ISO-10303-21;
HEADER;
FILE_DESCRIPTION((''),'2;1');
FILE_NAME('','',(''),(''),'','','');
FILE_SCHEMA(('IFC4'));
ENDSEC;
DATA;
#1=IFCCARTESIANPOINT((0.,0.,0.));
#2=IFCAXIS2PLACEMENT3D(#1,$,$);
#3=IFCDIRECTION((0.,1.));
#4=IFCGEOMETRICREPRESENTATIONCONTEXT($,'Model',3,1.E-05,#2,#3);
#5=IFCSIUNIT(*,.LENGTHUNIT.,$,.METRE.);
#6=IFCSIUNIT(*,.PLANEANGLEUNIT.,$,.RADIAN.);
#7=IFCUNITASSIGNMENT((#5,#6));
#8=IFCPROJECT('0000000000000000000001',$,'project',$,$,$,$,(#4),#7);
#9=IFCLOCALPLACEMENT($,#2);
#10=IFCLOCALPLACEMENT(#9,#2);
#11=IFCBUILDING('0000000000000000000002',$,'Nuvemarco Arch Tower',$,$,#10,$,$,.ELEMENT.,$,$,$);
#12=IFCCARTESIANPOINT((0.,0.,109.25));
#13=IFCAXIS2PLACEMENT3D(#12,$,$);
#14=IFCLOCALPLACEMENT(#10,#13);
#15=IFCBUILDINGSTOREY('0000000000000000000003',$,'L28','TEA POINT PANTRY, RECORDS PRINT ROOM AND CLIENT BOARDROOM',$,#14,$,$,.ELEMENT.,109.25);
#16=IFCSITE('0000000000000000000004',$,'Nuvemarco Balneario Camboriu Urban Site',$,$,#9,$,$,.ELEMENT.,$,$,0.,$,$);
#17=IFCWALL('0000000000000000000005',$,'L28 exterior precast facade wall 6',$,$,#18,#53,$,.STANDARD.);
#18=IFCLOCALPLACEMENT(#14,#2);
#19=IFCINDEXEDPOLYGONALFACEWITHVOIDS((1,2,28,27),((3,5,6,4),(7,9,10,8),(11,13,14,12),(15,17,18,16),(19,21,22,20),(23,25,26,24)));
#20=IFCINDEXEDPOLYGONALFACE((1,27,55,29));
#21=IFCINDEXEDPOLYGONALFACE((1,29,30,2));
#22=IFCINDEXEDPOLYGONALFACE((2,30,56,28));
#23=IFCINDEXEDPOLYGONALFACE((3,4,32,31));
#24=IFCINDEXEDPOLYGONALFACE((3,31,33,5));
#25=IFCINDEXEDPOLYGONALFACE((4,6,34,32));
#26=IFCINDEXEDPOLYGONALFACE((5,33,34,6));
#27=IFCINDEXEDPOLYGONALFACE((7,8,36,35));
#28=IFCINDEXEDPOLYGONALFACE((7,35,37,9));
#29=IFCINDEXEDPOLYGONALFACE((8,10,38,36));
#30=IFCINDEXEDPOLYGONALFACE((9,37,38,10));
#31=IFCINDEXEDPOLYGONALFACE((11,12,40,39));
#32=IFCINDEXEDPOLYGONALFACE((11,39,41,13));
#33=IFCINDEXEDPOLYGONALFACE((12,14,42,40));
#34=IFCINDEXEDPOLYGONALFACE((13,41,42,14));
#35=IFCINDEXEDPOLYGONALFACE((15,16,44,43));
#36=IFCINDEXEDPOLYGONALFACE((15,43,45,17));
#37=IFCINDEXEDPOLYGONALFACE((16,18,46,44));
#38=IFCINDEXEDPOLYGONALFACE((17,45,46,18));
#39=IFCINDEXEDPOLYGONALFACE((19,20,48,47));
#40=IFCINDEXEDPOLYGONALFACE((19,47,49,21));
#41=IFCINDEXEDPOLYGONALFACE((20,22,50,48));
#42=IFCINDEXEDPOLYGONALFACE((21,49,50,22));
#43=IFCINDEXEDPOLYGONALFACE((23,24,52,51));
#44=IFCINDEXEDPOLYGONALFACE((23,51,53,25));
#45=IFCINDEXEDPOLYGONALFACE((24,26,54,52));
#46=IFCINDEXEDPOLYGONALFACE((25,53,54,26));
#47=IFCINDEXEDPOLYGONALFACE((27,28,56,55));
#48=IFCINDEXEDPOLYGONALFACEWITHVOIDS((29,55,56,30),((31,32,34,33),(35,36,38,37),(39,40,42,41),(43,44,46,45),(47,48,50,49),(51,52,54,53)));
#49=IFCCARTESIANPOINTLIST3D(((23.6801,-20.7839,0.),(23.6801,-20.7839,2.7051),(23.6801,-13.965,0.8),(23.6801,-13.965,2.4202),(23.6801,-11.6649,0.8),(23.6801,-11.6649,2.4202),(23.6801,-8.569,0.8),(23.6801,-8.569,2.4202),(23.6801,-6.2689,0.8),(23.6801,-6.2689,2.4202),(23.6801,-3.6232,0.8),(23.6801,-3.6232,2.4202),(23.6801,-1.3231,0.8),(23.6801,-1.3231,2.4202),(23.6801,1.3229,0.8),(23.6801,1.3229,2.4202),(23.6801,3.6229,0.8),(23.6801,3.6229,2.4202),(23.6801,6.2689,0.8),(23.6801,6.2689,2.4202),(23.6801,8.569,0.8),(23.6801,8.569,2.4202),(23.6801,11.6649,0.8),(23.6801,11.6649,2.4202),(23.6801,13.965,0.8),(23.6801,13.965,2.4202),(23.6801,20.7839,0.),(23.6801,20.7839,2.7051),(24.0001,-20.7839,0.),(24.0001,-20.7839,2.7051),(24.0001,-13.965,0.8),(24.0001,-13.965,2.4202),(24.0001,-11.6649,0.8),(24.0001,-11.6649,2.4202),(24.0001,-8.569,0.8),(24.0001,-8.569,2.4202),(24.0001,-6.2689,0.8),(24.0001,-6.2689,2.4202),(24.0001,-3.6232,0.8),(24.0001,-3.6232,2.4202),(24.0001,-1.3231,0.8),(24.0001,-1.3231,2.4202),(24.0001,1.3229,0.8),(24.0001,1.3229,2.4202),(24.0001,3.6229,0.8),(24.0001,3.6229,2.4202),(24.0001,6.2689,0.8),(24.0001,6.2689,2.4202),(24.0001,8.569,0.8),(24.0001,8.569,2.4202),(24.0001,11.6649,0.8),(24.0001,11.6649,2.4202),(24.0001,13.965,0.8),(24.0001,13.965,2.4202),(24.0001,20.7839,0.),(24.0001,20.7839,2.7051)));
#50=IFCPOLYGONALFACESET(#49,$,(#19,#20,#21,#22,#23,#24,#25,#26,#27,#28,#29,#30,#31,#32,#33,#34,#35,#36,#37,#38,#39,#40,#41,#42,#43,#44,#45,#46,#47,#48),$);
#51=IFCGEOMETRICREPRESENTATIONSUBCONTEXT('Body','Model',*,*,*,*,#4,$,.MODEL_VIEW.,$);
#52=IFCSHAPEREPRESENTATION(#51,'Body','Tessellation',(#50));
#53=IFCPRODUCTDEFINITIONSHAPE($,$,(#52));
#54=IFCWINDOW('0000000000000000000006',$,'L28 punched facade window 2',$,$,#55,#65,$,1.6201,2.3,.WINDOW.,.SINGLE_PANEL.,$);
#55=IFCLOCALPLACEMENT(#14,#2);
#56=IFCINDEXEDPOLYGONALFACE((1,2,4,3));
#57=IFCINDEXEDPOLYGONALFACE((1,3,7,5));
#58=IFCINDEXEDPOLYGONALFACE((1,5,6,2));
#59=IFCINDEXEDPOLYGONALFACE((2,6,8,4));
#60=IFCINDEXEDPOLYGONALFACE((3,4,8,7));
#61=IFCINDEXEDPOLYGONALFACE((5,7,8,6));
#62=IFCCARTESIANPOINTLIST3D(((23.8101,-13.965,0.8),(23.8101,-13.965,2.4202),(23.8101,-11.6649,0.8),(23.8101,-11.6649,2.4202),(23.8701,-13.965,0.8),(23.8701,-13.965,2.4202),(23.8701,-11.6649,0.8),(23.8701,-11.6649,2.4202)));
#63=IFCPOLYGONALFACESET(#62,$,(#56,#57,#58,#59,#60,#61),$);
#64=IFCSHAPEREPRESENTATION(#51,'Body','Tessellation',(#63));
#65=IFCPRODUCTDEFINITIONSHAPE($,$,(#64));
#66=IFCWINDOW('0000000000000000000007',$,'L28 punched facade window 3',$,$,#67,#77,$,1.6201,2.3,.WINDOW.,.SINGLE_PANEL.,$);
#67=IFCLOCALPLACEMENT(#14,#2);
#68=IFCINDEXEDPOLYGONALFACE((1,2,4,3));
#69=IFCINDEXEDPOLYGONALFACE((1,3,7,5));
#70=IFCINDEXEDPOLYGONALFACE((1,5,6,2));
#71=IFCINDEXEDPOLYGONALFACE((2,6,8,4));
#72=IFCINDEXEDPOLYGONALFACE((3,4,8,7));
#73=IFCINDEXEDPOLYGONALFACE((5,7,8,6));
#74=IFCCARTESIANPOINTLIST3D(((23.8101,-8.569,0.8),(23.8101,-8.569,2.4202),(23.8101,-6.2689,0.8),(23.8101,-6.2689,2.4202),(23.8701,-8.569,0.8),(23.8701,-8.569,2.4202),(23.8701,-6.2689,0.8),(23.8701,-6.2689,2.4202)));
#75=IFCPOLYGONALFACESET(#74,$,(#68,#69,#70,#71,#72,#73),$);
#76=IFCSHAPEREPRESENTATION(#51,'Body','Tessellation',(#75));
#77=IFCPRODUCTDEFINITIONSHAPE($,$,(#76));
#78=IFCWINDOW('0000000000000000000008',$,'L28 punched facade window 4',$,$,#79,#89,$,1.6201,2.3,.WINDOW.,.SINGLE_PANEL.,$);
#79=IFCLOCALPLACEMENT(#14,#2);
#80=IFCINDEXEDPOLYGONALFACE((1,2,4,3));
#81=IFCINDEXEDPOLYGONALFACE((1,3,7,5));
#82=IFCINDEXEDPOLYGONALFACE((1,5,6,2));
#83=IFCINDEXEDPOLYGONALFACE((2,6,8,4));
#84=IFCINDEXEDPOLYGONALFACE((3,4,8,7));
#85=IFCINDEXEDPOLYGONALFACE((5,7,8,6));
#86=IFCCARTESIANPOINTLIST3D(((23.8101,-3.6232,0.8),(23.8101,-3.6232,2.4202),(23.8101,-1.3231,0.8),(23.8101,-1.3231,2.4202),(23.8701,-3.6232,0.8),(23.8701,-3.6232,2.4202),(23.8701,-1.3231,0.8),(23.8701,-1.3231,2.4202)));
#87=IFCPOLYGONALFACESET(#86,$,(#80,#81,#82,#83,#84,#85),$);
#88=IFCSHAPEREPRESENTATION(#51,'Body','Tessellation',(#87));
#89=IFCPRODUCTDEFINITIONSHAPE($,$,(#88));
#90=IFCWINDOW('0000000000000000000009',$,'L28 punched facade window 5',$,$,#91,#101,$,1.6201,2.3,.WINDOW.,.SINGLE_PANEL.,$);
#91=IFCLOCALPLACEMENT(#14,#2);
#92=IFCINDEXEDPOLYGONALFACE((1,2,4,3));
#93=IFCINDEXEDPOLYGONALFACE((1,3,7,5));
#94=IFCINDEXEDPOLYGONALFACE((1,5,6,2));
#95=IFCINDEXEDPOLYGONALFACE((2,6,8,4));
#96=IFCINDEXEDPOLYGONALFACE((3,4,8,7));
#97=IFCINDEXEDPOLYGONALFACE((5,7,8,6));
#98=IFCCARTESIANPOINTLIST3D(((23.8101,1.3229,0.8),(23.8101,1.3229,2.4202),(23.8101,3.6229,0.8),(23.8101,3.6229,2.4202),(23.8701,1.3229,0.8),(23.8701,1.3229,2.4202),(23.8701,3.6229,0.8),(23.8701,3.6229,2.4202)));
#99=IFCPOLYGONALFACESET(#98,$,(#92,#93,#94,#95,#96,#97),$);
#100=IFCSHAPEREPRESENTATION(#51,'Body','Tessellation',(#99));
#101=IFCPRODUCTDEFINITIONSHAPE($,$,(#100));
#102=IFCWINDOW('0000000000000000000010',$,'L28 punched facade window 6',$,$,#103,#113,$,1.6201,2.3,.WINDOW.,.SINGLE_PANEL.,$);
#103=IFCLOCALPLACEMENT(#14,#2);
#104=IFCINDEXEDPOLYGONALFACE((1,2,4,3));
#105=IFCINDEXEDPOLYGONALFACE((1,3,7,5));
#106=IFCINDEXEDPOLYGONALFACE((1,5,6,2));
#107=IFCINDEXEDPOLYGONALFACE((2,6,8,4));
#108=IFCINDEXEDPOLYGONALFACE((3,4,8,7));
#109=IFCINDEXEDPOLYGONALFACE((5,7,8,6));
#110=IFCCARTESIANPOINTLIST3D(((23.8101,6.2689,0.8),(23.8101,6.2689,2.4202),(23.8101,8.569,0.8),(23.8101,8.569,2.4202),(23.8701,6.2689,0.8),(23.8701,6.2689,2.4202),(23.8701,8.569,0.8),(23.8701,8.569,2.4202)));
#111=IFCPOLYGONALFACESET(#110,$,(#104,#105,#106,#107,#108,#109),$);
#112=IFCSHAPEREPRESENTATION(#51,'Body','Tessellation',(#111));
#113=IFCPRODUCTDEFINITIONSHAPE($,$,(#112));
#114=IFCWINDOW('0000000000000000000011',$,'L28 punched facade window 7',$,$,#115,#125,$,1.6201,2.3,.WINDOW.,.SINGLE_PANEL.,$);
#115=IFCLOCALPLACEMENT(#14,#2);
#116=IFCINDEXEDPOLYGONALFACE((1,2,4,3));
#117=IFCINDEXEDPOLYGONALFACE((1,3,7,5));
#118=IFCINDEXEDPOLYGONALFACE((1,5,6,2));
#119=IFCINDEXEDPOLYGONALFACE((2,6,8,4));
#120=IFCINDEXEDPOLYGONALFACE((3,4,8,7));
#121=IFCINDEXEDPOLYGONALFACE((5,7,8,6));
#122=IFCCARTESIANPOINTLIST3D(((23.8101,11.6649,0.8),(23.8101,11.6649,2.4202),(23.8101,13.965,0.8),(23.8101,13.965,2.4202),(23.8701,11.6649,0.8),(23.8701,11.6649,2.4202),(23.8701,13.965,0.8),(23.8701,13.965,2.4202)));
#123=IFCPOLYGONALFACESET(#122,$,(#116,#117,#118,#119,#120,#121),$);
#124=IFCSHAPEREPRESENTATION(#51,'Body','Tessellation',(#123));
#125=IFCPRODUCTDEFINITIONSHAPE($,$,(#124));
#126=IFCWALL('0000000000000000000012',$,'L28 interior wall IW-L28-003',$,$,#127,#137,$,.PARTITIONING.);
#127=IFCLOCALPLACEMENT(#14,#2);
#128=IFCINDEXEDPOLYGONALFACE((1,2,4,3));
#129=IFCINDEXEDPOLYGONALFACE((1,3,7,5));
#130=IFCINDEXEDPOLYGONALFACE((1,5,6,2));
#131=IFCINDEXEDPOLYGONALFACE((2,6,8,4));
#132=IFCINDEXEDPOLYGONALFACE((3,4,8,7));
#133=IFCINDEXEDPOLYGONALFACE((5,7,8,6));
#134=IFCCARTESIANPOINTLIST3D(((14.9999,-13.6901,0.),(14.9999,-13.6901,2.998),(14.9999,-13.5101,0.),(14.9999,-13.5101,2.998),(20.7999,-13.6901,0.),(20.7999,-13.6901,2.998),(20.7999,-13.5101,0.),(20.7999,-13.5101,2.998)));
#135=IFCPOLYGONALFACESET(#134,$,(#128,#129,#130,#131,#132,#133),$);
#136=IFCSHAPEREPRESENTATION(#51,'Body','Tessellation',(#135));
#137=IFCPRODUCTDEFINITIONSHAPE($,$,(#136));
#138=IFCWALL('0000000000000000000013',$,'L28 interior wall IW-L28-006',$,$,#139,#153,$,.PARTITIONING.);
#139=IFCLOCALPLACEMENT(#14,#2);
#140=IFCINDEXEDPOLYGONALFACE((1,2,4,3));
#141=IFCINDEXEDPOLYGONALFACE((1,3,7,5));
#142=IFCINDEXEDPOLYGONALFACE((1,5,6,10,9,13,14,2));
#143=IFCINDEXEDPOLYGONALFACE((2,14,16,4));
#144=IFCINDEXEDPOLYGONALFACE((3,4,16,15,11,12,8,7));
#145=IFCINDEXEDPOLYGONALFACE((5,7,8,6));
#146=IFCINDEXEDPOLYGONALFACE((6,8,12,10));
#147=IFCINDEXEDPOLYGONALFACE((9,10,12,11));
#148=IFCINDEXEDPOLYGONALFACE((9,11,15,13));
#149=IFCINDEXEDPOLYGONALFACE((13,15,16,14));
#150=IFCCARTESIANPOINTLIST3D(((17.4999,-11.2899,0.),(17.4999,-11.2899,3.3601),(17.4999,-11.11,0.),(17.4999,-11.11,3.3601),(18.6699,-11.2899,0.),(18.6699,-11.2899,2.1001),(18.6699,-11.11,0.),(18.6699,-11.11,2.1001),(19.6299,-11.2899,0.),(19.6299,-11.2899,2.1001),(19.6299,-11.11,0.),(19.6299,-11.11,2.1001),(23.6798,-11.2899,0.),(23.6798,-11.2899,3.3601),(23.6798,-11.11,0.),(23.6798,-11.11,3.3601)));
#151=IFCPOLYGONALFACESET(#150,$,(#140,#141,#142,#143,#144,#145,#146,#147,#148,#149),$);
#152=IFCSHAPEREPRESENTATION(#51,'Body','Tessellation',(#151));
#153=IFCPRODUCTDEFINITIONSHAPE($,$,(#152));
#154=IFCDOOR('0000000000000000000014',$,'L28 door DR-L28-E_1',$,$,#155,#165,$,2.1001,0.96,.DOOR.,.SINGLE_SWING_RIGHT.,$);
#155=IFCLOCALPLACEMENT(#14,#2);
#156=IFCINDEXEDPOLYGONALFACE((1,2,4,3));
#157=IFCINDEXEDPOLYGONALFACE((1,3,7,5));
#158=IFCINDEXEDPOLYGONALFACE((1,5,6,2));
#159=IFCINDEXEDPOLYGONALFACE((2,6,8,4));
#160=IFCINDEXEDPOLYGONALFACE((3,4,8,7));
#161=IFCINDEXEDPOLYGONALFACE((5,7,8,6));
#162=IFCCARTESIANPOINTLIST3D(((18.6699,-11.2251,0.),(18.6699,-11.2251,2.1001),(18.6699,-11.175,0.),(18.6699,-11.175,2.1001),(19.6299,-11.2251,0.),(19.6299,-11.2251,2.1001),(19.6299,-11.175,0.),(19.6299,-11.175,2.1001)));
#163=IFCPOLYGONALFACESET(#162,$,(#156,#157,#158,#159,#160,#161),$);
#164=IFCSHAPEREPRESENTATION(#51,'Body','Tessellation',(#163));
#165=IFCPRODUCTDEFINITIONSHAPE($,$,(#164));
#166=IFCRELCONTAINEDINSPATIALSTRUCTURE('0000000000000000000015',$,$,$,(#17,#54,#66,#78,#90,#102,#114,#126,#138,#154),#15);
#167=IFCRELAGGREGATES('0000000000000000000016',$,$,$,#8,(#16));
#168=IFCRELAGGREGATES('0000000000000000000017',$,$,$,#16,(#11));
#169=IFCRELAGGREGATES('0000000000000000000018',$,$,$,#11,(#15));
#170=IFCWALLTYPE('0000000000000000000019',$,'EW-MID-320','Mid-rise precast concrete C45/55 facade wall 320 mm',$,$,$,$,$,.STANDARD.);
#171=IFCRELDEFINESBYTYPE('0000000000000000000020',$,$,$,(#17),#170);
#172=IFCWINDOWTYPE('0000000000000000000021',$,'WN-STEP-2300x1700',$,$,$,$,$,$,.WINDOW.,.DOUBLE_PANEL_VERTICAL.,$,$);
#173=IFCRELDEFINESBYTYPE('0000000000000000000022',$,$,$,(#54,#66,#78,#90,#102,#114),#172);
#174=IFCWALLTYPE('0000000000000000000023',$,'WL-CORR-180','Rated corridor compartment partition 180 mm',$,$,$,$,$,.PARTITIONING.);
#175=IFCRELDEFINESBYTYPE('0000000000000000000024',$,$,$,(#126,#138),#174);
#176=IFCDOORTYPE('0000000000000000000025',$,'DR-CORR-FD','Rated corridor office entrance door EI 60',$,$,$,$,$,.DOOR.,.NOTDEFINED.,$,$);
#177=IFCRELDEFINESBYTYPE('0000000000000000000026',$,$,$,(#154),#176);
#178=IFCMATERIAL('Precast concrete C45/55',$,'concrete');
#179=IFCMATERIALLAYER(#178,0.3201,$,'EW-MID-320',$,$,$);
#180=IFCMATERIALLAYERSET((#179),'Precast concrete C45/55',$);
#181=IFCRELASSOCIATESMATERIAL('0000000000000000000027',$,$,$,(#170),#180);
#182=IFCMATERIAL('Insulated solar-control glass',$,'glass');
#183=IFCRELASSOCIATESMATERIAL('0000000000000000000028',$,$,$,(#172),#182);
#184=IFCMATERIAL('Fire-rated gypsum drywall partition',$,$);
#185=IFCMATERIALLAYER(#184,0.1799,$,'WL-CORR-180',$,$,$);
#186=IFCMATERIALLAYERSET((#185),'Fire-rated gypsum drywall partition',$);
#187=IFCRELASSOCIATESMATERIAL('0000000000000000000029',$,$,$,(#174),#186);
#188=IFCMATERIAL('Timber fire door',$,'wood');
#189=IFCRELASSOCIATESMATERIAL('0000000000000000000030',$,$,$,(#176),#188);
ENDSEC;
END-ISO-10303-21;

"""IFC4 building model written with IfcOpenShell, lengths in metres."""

from ifc_helpers import new_model, si_unit, direction, frame, frame_2d, origin, place, context, subcontext, project, spatial, rectangle, extrude, source, transform, mapped, material, layer, layer_set, type_object, type_shapes, element, fill, save


model = new_model("IFC4")

# Units and contexts
model_context = context("Model", 3, precision=1e-05, world=origin(), true_north=direction((0.0, 1.0)))
body_context = subcontext(model_context, "Body", "Model", "MODEL_VIEW")
ifc_project = project(units=[si_unit("LENGTHUNIT", "METRE"), si_unit("PLANEANGLEUNIT", "RADIAN")], contexts=[model_context])

# Site, building, storey
site_placement = place(None, origin())
site = spatial("IfcSite", under=ifc_project, at=site_placement, Name="Nuvemarco Balneario Camboriu Urban Site", CompositionType="ELEMENT", RefElevation=0.0)
building_placement = place(site_placement, origin())
building = spatial("IfcBuilding", under=site, at=building_placement, Name="Nuvemarco Arch Tower", CompositionType="ELEMENT")
storey_placement = place(building_placement, frame((0.0, 0.0, 109.25)))
storey = spatial("IfcBuildingStorey", under=building, at=storey_placement, Name="L28", Description="TEA POINT PANTRY, RECORDS PRINT ROOM AND CLIENT BOARDROOM", CompositionType="ELEMENT", Elevation=109.25)

# Shared definitions
ifc_material_1 = material(Name="Precast concrete C45/55", Category="concrete")

# Shared definitions
ifc_layer_1 = layer(ifc_material_1, 0.3201, Name="EW-MID-320")
ifc_layer_set_1 = layer_set([ifc_layer_1], Name="Precast concrete C45/55")
wall_type_1 = type_object("IfcWallType", Name="EW-MID-320", Description="Mid-rise precast concrete C45/55 facade wall 320 mm", PredefinedType="STANDARD", material=ifc_layer_set_1)

# Wall, openings, windows
wall_1_placement = place(storey_placement, frame((23.8401, -20.7839, 0.0), z_axis=(0.0, 0.0, 1.0), x_axis=(0.0, 1.0, 0.0)))
wall_1 = element("IfcWall", 1, at=wall_1_placement, inside=storey, type_object=wall_type_1, Name="L28 exterior precast facade wall 6", PredefinedType="STANDARD", context=body_context, shape_type="SweptSolid", body=[
    extrude(rectangle(XDim=41.5679, YDim=0.3201, at=frame_2d((20.7839, 0.0))), origin(), (0.0, 0.0, 1.0), 2.7051),
])
opening_1_placement = place(wall_1_placement, frame((6.8191, 0.0, 0.8)))
opening_1 = element("IfcOpeningElement", 2, at=opening_1_placement, cuts=wall_1, PredefinedType="OPENING", context=body_context, shape_type="SweptSolid", body=[
    extrude(rectangle(XDim=2.3, YDim=1.6201, at=frame_2d((1.1499, 0.8101))), frame((0.0, 0.1699, 0.0), z_axis=(0.0, -1.0, 0.0), x_axis=(1.0, 0.0, 0.0)), (0.0, 0.0, 1.0), 0.3401),
])
opening_2_placement = place(wall_1_placement, frame((12.2151, 0.0, 0.8)))
opening_2 = element("IfcOpeningElement", 3, at=opening_2_placement, cuts=wall_1, PredefinedType="OPENING", context=body_context, shape_type="SweptSolid", body=[
    extrude(rectangle(XDim=2.3, YDim=1.6201, at=frame_2d((1.1499, 0.8101))), frame((0.0, 0.1699, 0.0), z_axis=(0.0, -1.0, 0.0), x_axis=(1.0, 0.0, 0.0)), (0.0, 0.0, 1.0), 0.3401),
])
opening_3_placement = place(wall_1_placement, frame((17.1609, 0.0, 0.8)))
opening_3 = element("IfcOpeningElement", 4, at=opening_3_placement, cuts=wall_1, PredefinedType="OPENING", context=body_context, shape_type="SweptSolid", body=[
    extrude(rectangle(XDim=2.3, YDim=1.6201, at=frame_2d((1.1499, 0.8101))), frame((0.0, 0.1699, 0.0), z_axis=(0.0, -1.0, 0.0), x_axis=(1.0, 0.0, 0.0)), (0.0, 0.0, 1.0), 0.3401),
])
opening_4_placement = place(wall_1_placement, frame((22.1069, 0.0, 0.8)))
opening_4 = element("IfcOpeningElement", 5, at=opening_4_placement, cuts=wall_1, PredefinedType="OPENING", context=body_context, shape_type="SweptSolid", body=[
    extrude(rectangle(XDim=2.3, YDim=1.6201, at=frame_2d((1.1499, 0.8101))), frame((0.0, 0.1699, 0.0), z_axis=(0.0, -1.0, 0.0), x_axis=(1.0, 0.0, 0.0)), (0.0, 0.0, 1.0), 0.3401),
])
opening_5_placement = place(wall_1_placement, frame((27.053, 0.0, 0.8)))
opening_5 = element("IfcOpeningElement", 6, at=opening_5_placement, cuts=wall_1, PredefinedType="OPENING", context=body_context, shape_type="SweptSolid", body=[
    extrude(rectangle(XDim=2.3, YDim=1.6201, at=frame_2d((1.1499, 0.8101))), frame((0.0, 0.1699, 0.0), z_axis=(0.0, -1.0, 0.0), x_axis=(1.0, 0.0, 0.0)), (0.0, 0.0, 1.0), 0.3401),
])
opening_6_placement = place(wall_1_placement, frame((32.449, 0.0, 0.8)))
opening_6 = element("IfcOpeningElement", 7, at=opening_6_placement, cuts=wall_1, PredefinedType="OPENING", context=body_context, shape_type="SweptSolid", body=[
    extrude(rectangle(XDim=2.3, YDim=1.6201, at=frame_2d((1.1499, 0.8101))), frame((0.0, 0.1699, 0.0), z_axis=(0.0, -1.0, 0.0), x_axis=(1.0, 0.0, 0.0)), (0.0, 0.0, 1.0), 0.3401),
])
ifc_material_2 = material(Name="Insulated solar-control glass", Category="glass")
window_type = type_object("IfcWindowType", Name="WN-STEP-2300x1700", PartitioningType="DOUBLE_PANEL_VERTICAL", PredefinedType="WINDOW", material=ifc_material_2)
shared_shape_1 = source(origin(), body_context, "Body", "SweptSolid", [
    extrude(rectangle(XDim=2.3, YDim=1.6201, at=frame_2d((1.1499, 0.8101))), frame((0.0, 0.03, 0.0), z_axis=(0.0, -1.0, 0.0), x_axis=(1.0, 0.0, 0.0)), (0.0, 0.0, 1.0), 0.0601),
])
type_shapes(window_type, [shared_shape_1])
window_1_placement = place(opening_1_placement, origin())
window_1 = element("IfcWindow", 8, at=window_1_placement, inside=storey, type_object=window_type, Name="L28 punched facade window 2", OverallHeight=1.6201, OverallWidth=2.3, PartitioningType="SINGLE_PANEL", PredefinedType="WINDOW", context=body_context, shape_type="MappedRepresentation", body=[
    mapped(shared_shape_1, transform((0.0, 0.0, 0.0), scale=1.0)),
])
fill(opening_1, window_1)
window_2_placement = place(opening_2_placement, origin())
window_2 = element("IfcWindow", 9, at=window_2_placement, inside=storey, type_object=window_type, Name="L28 punched facade window 3", OverallHeight=1.6201, OverallWidth=2.3, PartitioningType="SINGLE_PANEL", PredefinedType="WINDOW", context=body_context, shape_type="MappedRepresentation", body=[
    mapped(shared_shape_1, transform((0.0, 0.0, 0.0), scale=1.0)),
])
fill(opening_2, window_2)
window_3_placement = place(opening_3_placement, origin())
window_3 = element("IfcWindow", 10, at=window_3_placement, inside=storey, type_object=window_type, Name="L28 punched facade window 4", OverallHeight=1.6201, OverallWidth=2.3, PartitioningType="SINGLE_PANEL", PredefinedType="WINDOW", context=body_context, shape_type="MappedRepresentation", body=[
    mapped(shared_shape_1, transform((0.0, 0.0, 0.0), scale=1.0)),
])
fill(opening_3, window_3)
window_4_placement = place(opening_4_placement, origin())
window_4 = element("IfcWindow", 11, at=window_4_placement, inside=storey, type_object=window_type, Name="L28 punched facade window 5", OverallHeight=1.6201, OverallWidth=2.3, PartitioningType="SINGLE_PANEL", PredefinedType="WINDOW", context=body_context, shape_type="MappedRepresentation", body=[
    mapped(shared_shape_1, transform((0.0, 0.0, 0.0), scale=1.0)),
])
fill(opening_4, window_4)
window_5_placement = place(opening_5_placement, origin())
window_5 = element("IfcWindow", 12, at=window_5_placement, inside=storey, type_object=window_type, Name="L28 punched facade window 6", OverallHeight=1.6201, OverallWidth=2.3, PartitioningType="SINGLE_PANEL", PredefinedType="WINDOW", context=body_context, shape_type="MappedRepresentation", body=[
    mapped(shared_shape_1, transform((0.0, 0.0, 0.0), scale=1.0)),
])
fill(opening_5, window_5)
window_6_placement = place(opening_6_placement, origin())
window_6 = element("IfcWindow", 13, at=window_6_placement, inside=storey, type_object=window_type, Name="L28 punched facade window 7", OverallHeight=1.6201, OverallWidth=2.3, PartitioningType="SINGLE_PANEL", PredefinedType="WINDOW", context=body_context, shape_type="MappedRepresentation", body=[
    mapped(shared_shape_1, transform((0.0, 0.0, 0.0), scale=1.0)),
])
fill(opening_6, window_6)

# Wall
ifc_material_3 = material(Name="Fire-rated gypsum drywall partition")
ifc_layer_2 = layer(ifc_material_3, 0.1799, Name="WL-CORR-180")
ifc_layer_set_2 = layer_set([ifc_layer_2], Name="Fire-rated gypsum drywall partition")
wall_type_2 = type_object("IfcWallType", Name="WL-CORR-180", Description="Rated corridor compartment partition 180 mm", PredefinedType="PARTITIONING", material=ifc_layer_set_2)
wall_2_placement = place(storey_placement, frame((15.0, -13.6001, 0.0), z_axis=(0.0, 0.0, 1.0), x_axis=(1.0, 0.0, 0.0)))
element("IfcWall", 14, at=wall_2_placement, inside=storey, type_object=wall_type_2, Name="L28 interior wall IW-L28-003", PredefinedType="PARTITIONING", context=body_context, shape_type="SweptSolid", body=[
    extrude(rectangle(XDim=5.8, YDim=0.1799, at=frame_2d((2.8999, 0.0))), origin(), (0.0, 0.0, 1.0), 2.998),
])

# Wall, opening, door
wall_3_placement = place(storey_placement, frame((17.5, -11.2, 0.0), z_axis=(0.0, 0.0, 1.0), x_axis=(1.0, 0.0, 0.0)))
wall_3 = element("IfcWall", 15, at=wall_3_placement, inside=storey, type_object=wall_type_2, Name="L28 interior wall IW-L28-006", PredefinedType="PARTITIONING", context=body_context, shape_type="SweptSolid", body=[
    extrude(rectangle(XDim=6.1799, YDim=0.1799, at=frame_2d((3.0898, 0.0))), origin(), (0.0, 0.0, 1.0), 3.3601),
])
opening_7_placement = place(wall_3_placement, frame((1.1699, 0.0, 0.0)))
opening_7 = element("IfcOpeningElement", 16, at=opening_7_placement, cuts=wall_3, PredefinedType="OPENING", context=body_context, shape_type="SweptSolid", body=[
    extrude(rectangle(XDim=0.96, YDim=2.1001, at=frame_2d((0.48, 1.05))), frame((0.0, 0.0999, 0.0), z_axis=(0.0, -1.0, 0.0), x_axis=(1.0, 0.0, 0.0)), (0.0, 0.0, 1.0), 0.2),
])
ifc_material_4 = material(Name="Timber fire door", Category="wood")
door_type = type_object("IfcDoorType", Name="DR-CORR-FD", Description="Rated corridor office entrance door EI 60", OperationType="NOTDEFINED", PredefinedType="DOOR", material=ifc_material_4)
shared_shape_2 = source(origin(), body_context, "Body", "SweptSolid", [
    extrude(rectangle(XDim=0.96, YDim=2.1001, at=frame_2d((0.48, 1.05))), frame((0.0, 0.0249, 0.0), z_axis=(0.0, -1.0, 0.0), x_axis=(1.0, 0.0, 0.0)), (0.0, 0.0, 1.0), 0.05),
])
type_shapes(door_type, [shared_shape_2])
door_placement = place(opening_7_placement, origin())
door = element("IfcDoor", 17, at=door_placement, inside=storey, type_object=door_type, Name="L28 door DR-L28-E_1", OperationType="SINGLE_SWING_RIGHT", OverallHeight=2.1001, OverallWidth=0.96, PredefinedType="DOOR", context=body_context, shape_type="MappedRepresentation", body=[
    mapped(shared_shape_2, transform((0.0, 0.0, 0.0), scale=1.0)),
])
fill(opening_7, door)

save(model, "model.ifc")
